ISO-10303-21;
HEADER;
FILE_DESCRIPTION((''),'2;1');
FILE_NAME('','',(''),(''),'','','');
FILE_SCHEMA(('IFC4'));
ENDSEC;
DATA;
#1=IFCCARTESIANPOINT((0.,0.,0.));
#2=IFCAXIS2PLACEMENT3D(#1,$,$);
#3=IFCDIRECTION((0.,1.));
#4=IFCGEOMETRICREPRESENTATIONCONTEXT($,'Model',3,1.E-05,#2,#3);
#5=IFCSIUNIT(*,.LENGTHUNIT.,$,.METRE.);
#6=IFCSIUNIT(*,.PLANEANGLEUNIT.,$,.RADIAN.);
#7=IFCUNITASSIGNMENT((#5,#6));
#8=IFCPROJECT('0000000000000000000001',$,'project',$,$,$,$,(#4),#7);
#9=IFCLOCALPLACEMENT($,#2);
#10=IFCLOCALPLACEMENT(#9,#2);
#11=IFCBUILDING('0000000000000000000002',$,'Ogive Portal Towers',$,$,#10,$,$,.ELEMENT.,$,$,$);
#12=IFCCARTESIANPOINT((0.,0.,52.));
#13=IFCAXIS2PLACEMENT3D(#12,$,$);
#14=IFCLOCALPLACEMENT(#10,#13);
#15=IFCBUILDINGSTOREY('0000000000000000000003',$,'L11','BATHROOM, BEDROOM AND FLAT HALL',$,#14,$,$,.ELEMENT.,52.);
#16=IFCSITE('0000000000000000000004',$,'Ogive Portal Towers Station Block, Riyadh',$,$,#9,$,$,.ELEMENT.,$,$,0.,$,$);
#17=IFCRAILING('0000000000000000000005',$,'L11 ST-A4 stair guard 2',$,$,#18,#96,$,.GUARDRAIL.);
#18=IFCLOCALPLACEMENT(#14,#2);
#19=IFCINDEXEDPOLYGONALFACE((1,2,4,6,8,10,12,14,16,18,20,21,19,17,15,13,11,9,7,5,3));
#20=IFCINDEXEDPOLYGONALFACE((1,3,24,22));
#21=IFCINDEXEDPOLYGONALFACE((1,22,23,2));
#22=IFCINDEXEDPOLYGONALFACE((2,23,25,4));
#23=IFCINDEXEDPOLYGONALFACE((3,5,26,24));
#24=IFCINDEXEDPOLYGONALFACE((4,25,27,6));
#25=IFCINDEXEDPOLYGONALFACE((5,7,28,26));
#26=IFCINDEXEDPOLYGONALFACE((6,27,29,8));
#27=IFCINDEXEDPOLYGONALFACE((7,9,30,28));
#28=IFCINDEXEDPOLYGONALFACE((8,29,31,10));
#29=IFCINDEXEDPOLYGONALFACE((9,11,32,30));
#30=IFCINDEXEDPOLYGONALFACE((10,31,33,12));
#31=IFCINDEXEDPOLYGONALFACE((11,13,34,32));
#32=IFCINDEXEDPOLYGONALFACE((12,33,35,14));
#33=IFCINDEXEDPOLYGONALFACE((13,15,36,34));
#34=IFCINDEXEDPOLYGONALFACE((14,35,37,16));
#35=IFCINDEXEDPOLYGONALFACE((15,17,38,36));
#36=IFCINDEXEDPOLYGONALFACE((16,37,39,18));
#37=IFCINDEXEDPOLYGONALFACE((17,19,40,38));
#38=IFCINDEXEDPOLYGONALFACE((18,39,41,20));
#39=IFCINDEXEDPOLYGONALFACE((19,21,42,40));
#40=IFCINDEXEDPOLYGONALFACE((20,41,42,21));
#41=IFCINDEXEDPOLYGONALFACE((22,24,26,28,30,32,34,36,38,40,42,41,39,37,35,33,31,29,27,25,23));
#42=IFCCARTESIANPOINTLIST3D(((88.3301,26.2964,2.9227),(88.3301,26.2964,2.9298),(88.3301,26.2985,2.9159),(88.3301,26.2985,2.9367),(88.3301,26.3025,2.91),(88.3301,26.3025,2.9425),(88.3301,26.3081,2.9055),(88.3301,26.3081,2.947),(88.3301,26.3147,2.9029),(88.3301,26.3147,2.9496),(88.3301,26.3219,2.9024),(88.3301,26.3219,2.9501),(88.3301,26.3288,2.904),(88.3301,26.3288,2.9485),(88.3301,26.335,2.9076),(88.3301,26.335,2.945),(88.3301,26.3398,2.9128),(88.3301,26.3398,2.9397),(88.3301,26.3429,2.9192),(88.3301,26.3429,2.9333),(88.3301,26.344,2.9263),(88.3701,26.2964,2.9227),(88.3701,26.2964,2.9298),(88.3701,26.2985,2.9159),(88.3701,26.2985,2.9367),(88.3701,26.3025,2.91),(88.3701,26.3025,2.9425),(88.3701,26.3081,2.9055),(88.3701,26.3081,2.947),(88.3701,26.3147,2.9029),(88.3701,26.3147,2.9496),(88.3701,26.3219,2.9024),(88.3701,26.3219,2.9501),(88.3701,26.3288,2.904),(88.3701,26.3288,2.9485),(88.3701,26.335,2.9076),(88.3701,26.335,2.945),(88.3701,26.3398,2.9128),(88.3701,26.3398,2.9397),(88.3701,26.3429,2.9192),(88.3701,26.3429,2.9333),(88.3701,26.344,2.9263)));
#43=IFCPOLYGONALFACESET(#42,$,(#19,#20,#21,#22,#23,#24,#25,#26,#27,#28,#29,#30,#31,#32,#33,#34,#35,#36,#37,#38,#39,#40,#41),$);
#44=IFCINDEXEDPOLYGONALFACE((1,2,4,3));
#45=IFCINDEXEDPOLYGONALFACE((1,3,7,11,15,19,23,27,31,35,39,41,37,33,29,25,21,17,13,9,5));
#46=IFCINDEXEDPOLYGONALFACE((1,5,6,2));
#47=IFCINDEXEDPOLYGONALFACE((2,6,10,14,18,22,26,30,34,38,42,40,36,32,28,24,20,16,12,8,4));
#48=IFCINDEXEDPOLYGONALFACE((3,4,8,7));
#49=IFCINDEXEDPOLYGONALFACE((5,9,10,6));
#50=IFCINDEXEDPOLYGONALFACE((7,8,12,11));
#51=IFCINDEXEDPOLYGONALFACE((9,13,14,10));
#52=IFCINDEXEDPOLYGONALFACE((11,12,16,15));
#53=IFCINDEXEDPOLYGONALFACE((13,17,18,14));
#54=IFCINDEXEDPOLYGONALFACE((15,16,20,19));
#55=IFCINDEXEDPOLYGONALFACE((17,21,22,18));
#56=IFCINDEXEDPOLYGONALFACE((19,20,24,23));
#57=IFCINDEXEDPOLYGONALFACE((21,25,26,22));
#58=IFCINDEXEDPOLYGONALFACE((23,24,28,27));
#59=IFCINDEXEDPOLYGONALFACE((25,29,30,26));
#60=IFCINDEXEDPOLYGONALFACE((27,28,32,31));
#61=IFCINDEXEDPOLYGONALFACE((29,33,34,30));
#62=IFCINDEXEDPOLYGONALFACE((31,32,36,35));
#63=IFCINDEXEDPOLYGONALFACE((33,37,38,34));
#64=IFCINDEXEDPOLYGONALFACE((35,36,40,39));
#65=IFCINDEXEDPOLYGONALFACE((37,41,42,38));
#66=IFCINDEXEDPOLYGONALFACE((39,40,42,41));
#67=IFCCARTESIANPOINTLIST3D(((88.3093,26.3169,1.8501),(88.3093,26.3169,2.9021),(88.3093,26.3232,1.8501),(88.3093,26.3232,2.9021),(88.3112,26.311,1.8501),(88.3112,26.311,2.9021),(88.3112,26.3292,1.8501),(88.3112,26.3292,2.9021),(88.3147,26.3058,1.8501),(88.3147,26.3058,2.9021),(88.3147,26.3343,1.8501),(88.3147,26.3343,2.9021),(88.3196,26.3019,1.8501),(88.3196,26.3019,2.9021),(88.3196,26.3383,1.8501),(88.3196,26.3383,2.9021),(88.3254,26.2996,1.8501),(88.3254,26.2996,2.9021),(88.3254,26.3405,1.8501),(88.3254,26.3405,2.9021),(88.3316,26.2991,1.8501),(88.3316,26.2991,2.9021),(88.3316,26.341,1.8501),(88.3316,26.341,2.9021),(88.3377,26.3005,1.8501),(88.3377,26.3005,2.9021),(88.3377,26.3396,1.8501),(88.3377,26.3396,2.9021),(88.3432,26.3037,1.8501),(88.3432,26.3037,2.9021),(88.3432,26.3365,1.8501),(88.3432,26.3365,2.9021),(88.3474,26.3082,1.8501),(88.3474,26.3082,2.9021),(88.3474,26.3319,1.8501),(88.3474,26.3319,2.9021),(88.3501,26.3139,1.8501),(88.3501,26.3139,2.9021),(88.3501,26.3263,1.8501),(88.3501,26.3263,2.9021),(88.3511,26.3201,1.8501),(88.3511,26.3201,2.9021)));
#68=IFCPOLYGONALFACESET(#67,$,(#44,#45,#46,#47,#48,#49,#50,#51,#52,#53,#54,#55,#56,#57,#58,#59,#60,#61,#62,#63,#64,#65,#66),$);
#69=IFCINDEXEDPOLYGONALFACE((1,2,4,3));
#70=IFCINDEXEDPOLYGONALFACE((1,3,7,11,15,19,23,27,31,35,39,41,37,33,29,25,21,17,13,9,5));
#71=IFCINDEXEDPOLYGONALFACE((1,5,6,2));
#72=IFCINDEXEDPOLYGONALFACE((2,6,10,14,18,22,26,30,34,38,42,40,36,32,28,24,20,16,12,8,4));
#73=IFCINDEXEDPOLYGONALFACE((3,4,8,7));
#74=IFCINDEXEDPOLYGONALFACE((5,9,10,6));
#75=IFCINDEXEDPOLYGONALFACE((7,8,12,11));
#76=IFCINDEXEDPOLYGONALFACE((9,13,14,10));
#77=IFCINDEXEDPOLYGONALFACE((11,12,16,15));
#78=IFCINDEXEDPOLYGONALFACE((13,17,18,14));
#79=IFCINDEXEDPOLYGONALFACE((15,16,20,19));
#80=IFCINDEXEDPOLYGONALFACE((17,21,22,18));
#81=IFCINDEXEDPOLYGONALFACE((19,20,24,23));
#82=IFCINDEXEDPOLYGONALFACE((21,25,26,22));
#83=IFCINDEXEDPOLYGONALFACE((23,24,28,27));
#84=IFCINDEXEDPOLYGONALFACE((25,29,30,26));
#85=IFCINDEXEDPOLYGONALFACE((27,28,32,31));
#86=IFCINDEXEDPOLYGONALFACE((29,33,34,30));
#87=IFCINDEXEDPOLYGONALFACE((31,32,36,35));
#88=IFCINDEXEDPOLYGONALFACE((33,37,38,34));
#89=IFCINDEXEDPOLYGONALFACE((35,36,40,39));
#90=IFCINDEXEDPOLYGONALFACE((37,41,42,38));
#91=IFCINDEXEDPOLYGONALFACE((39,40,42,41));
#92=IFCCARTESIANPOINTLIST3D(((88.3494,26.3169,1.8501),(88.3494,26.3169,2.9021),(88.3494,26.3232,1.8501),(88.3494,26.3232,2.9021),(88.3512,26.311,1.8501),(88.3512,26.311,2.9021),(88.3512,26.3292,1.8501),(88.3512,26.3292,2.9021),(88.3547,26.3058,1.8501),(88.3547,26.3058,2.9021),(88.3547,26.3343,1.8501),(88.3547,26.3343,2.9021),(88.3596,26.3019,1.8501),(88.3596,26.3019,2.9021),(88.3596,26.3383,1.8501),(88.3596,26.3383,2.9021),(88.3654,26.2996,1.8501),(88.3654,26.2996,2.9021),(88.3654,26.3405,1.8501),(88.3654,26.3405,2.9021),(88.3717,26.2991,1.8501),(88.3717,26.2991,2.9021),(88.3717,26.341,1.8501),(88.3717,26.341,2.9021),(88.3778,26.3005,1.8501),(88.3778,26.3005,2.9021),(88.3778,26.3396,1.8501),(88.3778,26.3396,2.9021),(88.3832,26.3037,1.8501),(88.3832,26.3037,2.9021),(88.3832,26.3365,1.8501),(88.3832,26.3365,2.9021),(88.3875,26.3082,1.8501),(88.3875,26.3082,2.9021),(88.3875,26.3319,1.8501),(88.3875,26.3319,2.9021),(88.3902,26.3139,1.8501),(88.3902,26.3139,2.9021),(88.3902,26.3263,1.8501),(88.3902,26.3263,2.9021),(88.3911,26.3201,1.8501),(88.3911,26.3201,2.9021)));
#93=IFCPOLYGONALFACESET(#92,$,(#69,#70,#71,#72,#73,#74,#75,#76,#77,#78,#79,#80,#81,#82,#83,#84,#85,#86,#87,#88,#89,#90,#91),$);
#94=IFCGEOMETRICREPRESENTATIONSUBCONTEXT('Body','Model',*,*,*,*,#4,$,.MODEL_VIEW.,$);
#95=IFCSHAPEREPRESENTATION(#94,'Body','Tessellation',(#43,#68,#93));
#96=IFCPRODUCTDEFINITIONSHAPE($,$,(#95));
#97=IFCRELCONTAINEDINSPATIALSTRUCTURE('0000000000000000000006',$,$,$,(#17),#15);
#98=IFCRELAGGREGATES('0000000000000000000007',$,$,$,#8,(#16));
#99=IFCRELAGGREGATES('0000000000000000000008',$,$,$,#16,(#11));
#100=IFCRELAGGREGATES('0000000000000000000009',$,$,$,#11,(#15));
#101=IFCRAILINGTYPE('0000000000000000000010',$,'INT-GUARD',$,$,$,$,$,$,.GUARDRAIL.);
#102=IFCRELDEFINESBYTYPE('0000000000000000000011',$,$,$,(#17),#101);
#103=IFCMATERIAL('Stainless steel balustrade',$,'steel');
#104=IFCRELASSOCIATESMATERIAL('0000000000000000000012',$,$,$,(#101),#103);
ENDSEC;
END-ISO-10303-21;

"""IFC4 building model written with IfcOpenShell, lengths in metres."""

from ifc_helpers import new_model, si_unit, direction, frame, origin, origin_2d, place, context, subcontext, project, spatial, circle, extrude, material, type_object, element, save


model = new_model("IFC4")

# Units and contexts
model_context = context("Model", 3, precision=1e-05, world=origin(), true_north=direction((0.0, 1.0)))
body_context = subcontext(model_context, "Body", "Model", "MODEL_VIEW")
ifc_project = project(units=[si_unit("LENGTHUNIT", "METRE"), si_unit("PLANEANGLEUNIT", "RADIAN")], contexts=[model_context])

# Site, building, storey
site_placement = place(None, origin())
site = spatial("IfcSite", under=ifc_project, at=site_placement, Name="Ogive Portal Towers Station Block, Riyadh", CompositionType="ELEMENT", RefElevation=0.0)
building_placement = place(site_placement, origin())
building = spatial("IfcBuilding", under=site, at=building_placement, Name="Ogive Portal Towers", CompositionType="ELEMENT")
storey_placement = place(building_placement, frame((0.0, 0.0, 52.0)))
storey = spatial("IfcBuildingStorey", under=building, at=storey_placement, Name="L11", Description="BATHROOM, BEDROOM AND FLAT HALL", CompositionType="ELEMENT", Elevation=52.0)

# Railing
ifc_material_1 = material(Name="Stainless steel balustrade", Category="steel")
railing_type_1 = type_object("IfcRailingType", Name="INT-GUARD", PredefinedType="GUARDRAIL", material=ifc_material_1)
railing_1_placement = place(storey_placement, frame((88.3301, 26.3201, 1.8501)))
element("IfcRailing", 1, at=railing_1_placement, inside=storey, type_object=railing_type_1, Name="L11 ST-A4 stair guard 2", PredefinedType="GUARDRAIL", context=body_context, shape_type="SweptSolid", body=[
    extrude(circle(Radius=0.0239, at=origin_2d()), frame((0.0, 0.0, 1.0762), z_axis=(1.0, 0.0, 0.0), x_axis=(0.0, 1.0, 0.0)), (0.0, 0.0, 1.0), 0.04),
    extrude(circle(Radius=0.021, at=origin_2d()), origin(), (0.0, 0.0, 1.0), 1.052),
    extrude(circle(Radius=0.021, at=origin_2d()), frame((0.04, 0.0, 0.0)), (0.0, 0.0, 1.0), 1.052),
])

save(model, "model.ifc")
